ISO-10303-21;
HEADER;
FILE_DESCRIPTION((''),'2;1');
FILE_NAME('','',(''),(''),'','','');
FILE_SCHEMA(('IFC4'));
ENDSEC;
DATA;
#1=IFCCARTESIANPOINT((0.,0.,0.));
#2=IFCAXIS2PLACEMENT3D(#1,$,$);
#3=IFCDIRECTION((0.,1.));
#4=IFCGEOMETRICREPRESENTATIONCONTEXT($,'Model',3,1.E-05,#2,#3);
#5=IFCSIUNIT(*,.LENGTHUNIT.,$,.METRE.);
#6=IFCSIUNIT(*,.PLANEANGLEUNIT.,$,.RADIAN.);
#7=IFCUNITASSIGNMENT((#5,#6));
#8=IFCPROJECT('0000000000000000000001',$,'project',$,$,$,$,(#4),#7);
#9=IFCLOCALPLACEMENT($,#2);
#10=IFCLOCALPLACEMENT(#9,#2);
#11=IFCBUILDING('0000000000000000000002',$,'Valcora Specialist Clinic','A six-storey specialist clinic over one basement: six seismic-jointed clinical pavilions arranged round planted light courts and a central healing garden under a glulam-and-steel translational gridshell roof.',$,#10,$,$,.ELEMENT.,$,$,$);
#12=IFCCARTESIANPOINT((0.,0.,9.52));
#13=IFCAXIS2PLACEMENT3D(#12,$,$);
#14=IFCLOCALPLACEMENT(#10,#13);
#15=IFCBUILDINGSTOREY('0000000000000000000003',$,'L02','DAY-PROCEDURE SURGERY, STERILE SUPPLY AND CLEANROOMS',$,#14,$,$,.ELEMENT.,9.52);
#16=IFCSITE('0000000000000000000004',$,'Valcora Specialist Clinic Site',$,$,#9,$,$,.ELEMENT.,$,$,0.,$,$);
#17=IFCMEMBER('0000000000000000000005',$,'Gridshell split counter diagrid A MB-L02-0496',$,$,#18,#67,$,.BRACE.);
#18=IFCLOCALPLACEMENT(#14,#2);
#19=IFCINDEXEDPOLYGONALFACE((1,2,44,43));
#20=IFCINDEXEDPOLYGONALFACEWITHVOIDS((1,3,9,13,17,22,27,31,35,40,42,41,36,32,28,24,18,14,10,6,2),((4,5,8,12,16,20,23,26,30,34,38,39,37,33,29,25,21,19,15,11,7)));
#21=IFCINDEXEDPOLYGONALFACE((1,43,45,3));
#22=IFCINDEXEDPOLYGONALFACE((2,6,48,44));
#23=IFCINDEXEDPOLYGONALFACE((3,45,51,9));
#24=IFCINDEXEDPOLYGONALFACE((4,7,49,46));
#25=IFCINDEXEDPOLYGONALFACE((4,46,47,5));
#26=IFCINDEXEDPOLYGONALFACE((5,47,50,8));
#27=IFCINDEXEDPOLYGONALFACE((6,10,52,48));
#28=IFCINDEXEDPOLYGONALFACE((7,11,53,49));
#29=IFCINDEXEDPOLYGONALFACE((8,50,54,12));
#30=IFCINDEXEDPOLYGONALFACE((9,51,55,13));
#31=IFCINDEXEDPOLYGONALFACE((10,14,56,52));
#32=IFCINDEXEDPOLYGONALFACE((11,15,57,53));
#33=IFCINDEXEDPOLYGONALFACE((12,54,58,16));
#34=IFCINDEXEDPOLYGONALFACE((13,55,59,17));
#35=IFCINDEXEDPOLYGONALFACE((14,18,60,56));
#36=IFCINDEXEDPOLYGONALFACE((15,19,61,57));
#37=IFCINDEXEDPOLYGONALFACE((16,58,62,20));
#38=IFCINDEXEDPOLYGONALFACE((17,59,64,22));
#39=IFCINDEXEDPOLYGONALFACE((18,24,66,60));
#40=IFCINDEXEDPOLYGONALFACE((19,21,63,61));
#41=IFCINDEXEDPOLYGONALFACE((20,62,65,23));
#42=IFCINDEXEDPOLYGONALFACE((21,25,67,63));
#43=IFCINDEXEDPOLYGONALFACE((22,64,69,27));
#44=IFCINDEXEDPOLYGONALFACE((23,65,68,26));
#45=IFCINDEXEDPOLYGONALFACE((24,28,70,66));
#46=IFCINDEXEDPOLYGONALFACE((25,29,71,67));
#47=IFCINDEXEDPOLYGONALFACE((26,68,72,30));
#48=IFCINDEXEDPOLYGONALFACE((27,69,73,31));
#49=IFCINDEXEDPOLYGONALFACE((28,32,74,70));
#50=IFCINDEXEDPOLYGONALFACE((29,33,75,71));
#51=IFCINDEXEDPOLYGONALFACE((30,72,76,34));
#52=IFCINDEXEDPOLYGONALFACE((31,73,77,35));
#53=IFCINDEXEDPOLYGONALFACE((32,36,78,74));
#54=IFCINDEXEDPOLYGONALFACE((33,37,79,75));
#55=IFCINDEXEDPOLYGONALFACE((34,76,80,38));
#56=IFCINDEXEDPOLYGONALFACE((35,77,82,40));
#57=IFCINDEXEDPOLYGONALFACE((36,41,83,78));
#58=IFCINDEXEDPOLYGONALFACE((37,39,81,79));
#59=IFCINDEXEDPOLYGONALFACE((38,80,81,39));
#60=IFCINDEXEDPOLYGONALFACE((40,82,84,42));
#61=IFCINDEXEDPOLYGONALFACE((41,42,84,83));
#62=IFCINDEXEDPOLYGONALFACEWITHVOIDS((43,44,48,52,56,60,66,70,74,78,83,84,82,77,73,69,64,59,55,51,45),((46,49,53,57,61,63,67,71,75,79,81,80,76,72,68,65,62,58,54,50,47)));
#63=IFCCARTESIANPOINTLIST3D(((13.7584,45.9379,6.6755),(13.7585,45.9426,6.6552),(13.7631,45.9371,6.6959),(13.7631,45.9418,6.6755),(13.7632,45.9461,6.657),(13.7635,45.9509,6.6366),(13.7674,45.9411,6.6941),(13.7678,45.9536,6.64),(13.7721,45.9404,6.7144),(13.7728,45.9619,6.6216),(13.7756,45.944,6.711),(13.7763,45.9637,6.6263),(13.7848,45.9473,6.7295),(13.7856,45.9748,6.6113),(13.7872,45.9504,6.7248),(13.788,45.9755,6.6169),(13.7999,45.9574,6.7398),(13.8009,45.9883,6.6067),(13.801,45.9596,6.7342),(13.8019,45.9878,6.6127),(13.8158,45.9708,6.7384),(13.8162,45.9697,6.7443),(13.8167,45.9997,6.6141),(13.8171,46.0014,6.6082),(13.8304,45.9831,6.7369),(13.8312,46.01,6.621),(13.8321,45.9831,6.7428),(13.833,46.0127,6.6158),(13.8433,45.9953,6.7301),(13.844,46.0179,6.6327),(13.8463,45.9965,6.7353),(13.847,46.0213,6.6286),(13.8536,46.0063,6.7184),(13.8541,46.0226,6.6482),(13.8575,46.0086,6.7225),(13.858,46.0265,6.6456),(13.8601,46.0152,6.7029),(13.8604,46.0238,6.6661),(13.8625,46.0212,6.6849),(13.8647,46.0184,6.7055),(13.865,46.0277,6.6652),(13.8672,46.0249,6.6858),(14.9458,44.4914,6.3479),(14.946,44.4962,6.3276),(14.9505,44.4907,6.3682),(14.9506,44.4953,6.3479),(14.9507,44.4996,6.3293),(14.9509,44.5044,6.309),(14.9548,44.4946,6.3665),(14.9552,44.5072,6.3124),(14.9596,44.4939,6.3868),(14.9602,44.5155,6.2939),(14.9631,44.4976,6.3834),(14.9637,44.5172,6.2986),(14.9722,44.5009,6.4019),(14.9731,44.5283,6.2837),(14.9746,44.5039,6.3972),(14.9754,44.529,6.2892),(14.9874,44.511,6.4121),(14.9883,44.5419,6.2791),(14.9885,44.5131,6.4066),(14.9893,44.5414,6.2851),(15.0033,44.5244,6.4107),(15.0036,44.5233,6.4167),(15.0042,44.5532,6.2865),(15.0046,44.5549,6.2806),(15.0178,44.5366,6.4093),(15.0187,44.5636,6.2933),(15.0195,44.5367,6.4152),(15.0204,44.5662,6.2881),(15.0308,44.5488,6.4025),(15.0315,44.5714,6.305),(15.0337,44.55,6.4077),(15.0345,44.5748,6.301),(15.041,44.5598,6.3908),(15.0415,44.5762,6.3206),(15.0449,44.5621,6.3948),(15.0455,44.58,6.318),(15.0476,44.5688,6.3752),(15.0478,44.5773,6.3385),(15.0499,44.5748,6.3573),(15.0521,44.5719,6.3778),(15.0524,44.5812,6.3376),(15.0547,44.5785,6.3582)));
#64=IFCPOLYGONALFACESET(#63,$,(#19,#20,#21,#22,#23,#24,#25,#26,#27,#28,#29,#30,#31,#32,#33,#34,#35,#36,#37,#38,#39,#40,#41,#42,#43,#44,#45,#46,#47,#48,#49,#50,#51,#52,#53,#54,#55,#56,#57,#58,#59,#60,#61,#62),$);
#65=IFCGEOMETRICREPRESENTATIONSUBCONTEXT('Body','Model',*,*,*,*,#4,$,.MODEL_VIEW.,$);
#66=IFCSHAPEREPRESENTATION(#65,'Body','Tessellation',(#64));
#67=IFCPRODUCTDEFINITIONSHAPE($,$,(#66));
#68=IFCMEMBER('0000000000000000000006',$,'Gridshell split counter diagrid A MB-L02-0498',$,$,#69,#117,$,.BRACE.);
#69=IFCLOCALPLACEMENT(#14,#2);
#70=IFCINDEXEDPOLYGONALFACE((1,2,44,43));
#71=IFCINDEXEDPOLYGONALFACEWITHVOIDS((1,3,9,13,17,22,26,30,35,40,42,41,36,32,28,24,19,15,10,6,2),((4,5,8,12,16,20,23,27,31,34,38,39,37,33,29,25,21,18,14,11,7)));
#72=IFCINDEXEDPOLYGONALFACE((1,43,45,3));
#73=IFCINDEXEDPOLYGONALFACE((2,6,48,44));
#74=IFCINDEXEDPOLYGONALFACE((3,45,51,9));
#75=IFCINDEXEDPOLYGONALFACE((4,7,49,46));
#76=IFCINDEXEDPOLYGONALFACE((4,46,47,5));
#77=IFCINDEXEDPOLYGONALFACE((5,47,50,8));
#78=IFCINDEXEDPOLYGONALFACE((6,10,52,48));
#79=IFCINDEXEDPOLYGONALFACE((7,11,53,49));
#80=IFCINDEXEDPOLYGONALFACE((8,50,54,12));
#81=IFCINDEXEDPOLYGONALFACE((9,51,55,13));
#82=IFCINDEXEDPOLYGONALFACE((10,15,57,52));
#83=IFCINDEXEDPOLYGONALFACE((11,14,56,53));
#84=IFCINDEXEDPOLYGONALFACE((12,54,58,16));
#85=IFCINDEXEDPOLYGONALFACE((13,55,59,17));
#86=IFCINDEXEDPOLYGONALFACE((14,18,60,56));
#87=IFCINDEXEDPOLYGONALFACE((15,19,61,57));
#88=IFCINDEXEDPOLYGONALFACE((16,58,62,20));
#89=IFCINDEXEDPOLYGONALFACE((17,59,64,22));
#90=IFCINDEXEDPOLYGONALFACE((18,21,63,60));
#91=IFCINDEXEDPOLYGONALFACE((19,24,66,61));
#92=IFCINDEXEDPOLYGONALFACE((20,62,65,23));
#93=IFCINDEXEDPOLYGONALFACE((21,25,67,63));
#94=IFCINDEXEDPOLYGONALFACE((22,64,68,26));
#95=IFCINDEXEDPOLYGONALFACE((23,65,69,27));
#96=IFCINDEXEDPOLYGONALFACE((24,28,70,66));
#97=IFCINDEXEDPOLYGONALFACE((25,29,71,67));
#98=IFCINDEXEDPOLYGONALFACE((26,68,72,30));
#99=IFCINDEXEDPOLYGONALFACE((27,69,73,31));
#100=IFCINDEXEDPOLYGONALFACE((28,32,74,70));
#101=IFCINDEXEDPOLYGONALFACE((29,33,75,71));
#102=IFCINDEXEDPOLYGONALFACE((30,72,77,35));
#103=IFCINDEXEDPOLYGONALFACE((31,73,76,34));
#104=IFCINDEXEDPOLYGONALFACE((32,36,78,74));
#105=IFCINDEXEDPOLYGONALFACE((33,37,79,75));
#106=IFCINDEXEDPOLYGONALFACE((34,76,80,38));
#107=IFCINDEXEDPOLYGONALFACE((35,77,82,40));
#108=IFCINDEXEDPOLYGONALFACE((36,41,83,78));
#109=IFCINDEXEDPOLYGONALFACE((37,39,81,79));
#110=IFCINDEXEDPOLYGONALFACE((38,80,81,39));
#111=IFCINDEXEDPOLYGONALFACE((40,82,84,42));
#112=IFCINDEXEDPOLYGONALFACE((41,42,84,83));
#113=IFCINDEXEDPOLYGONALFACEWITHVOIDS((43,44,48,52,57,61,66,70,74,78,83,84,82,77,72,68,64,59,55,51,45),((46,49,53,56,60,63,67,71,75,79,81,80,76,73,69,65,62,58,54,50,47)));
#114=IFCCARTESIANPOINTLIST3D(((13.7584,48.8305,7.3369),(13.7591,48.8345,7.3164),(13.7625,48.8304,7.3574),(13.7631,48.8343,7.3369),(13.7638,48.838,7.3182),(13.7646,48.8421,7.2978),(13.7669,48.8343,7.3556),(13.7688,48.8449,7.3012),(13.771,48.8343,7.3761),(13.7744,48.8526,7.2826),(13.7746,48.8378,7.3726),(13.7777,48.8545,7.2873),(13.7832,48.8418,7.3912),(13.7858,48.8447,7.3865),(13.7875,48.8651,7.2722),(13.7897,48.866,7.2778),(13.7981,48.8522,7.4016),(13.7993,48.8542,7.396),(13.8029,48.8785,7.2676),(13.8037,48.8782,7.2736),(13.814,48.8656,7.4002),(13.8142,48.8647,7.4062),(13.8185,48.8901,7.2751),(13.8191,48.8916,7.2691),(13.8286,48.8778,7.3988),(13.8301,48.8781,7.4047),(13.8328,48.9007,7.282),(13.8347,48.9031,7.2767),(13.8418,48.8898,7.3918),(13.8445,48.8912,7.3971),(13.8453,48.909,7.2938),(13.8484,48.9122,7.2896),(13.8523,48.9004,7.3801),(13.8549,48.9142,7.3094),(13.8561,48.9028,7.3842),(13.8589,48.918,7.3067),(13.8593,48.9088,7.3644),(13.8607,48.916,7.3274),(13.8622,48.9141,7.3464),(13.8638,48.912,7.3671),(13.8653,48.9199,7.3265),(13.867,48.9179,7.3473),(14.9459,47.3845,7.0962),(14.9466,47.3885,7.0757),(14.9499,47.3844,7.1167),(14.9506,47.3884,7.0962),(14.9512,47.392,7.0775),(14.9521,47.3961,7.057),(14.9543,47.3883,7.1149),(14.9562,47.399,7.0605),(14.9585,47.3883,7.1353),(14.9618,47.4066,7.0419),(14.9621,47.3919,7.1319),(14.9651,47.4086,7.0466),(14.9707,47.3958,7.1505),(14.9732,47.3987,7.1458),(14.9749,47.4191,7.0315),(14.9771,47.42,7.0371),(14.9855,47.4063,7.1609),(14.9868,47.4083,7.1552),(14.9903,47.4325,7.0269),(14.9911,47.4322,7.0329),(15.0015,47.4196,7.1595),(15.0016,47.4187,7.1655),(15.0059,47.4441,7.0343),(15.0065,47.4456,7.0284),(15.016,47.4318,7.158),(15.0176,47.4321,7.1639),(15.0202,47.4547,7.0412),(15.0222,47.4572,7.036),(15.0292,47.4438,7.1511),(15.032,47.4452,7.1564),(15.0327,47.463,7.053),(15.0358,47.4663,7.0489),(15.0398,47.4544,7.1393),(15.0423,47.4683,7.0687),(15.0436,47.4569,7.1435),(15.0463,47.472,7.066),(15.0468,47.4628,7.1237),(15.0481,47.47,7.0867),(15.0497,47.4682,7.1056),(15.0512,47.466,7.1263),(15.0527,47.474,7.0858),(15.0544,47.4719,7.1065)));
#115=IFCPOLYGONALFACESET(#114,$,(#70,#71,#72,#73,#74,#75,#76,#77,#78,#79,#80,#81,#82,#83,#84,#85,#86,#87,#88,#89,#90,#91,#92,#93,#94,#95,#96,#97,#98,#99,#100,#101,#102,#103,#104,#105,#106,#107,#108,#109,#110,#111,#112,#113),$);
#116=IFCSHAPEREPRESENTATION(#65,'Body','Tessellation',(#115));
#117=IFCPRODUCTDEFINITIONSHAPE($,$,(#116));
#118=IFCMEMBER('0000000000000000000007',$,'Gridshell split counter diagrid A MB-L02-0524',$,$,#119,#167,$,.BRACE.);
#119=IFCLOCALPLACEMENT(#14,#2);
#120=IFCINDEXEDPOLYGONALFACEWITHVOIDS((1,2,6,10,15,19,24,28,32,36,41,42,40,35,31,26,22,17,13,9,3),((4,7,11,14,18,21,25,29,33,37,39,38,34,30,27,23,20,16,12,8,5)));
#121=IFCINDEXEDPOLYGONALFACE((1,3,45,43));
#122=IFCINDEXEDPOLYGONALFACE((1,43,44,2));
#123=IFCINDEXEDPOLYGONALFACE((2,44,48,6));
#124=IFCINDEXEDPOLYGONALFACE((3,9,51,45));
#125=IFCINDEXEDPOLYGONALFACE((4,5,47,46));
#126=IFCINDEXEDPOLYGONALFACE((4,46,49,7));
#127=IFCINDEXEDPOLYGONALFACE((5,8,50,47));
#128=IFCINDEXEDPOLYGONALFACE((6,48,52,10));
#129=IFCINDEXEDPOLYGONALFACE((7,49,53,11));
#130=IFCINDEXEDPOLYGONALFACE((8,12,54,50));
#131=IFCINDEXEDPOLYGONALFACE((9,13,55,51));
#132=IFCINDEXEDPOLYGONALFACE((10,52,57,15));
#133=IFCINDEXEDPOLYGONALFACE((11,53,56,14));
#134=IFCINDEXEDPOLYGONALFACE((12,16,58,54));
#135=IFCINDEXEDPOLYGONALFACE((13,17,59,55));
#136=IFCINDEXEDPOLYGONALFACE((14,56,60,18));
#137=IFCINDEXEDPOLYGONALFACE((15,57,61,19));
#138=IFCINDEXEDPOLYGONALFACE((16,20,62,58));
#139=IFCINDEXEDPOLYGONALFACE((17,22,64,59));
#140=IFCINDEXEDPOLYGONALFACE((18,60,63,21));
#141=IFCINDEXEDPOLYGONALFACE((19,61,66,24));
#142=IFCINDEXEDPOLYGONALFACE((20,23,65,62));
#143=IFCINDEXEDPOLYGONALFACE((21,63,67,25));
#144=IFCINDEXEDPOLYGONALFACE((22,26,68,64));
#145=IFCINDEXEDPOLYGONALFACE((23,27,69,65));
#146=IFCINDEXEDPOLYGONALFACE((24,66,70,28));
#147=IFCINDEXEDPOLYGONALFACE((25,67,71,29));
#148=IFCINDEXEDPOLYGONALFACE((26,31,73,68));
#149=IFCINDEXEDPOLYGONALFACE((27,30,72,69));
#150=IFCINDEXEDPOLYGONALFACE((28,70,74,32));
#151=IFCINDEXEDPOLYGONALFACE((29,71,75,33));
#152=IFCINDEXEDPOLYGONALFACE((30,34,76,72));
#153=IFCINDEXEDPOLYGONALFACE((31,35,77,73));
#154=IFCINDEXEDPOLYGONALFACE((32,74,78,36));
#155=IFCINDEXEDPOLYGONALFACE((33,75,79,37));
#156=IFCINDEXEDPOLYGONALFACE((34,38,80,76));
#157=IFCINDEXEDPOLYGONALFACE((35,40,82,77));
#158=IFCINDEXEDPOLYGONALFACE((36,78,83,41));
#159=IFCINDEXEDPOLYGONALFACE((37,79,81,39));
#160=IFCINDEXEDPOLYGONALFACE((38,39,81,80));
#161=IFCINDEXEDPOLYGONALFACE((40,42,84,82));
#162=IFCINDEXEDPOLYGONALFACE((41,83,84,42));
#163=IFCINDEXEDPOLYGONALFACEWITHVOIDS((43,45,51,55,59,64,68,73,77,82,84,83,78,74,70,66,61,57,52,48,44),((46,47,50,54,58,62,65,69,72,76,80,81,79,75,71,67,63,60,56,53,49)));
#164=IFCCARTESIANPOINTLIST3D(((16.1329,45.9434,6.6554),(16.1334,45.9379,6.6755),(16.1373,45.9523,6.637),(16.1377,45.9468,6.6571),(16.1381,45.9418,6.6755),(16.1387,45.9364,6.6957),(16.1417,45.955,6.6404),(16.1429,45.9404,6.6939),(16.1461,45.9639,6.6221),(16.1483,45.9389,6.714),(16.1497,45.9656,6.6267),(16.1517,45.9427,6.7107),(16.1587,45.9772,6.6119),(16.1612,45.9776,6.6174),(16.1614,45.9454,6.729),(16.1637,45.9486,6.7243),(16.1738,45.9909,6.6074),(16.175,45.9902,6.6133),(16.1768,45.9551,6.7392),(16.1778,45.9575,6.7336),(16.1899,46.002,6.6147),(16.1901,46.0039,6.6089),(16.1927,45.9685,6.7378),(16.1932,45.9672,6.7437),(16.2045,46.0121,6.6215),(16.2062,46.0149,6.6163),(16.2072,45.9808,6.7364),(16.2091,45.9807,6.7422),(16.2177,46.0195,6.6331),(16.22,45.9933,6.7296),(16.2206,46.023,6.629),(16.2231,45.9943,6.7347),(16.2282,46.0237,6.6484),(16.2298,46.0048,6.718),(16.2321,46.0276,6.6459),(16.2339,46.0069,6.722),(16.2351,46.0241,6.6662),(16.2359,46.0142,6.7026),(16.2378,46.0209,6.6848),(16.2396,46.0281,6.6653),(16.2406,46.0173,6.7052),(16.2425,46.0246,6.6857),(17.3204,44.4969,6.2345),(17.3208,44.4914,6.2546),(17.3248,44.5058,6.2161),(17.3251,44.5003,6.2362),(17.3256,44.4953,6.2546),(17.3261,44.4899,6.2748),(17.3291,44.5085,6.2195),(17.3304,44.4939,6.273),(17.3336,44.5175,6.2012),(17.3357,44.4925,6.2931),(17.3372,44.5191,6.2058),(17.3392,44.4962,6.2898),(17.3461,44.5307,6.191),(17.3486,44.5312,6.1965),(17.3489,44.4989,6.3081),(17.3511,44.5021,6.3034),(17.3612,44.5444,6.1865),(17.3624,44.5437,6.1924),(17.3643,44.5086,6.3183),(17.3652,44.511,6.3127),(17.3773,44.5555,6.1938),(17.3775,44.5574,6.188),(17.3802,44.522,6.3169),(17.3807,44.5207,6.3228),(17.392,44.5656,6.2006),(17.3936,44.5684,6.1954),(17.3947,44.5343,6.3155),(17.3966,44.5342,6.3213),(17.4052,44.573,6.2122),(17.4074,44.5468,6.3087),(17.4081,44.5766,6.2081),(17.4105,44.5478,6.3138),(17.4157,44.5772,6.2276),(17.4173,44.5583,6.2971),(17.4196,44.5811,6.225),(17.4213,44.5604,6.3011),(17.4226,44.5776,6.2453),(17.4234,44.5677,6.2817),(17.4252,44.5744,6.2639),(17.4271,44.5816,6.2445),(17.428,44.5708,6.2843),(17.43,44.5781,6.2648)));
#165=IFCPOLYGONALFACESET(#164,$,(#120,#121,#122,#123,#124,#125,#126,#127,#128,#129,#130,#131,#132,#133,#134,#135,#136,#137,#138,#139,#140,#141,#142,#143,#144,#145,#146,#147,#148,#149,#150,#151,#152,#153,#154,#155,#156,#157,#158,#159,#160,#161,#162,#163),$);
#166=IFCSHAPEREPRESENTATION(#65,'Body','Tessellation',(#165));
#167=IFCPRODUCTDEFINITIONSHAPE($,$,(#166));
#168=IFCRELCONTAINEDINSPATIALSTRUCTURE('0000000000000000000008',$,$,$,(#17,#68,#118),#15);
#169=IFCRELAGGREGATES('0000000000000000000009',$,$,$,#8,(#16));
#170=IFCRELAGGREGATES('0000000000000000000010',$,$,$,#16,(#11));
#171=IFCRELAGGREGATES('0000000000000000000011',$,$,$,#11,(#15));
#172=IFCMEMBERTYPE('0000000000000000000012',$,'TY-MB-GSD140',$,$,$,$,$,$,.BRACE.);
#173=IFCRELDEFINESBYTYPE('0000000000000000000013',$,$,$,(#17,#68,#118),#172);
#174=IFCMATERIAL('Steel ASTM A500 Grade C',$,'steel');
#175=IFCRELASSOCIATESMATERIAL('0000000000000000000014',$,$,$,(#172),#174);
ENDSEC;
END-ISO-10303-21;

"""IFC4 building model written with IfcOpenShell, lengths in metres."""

from ifc_helpers import new_model, si_unit, direction, frame, origin, origin_2d, place, context, subcontext, project, spatial, hollow_circle, extrude, material, material_profile, profile_set, type_object, element, save


model = new_model("IFC4")

# Units and contexts
model_context = context("Model", 3, precision=1e-05, world=origin(), true_north=direction((0.0, 1.0)))
body_context = subcontext(model_context, "Body", "Model", "MODEL_VIEW")
ifc_project = project(units=[si_unit("LENGTHUNIT", "METRE"), si_unit("PLANEANGLEUNIT", "RADIAN")], contexts=[model_context])

# Site, building, storey
site_placement = place(None, origin())
site = spatial("IfcSite", under=ifc_project, at=site_placement, Name="Valcora Specialist Clinic Site", CompositionType="ELEMENT", RefElevation=0.0)
building_placement = place(site_placement, origin())
building = spatial("IfcBuilding", under=site, at=building_placement, Name="Valcora Specialist Clinic", Description="A six-storey specialist clinic over one basement: six seismic-jointed clinical pavilions arranged round planted light courts and a central healing garden under a glulam-and-steel translational gridshell roof.", CompositionType="ELEMENT")
storey_placement = place(building_placement, frame((0.0, 0.0, 9.52)))
storey = spatial("IfcBuildingStorey", under=building, at=storey_placement, Name="L02", Description="DAY-PROCEDURE SURGERY, STERILE SUPPLY AND CLEANROOMS", CompositionType="ELEMENT", Elevation=9.52)

# Members
ifc_material_1 = material(Name="Steel ASTM A500 Grade C", Category="steel")
ifc_material_profile_1 = material_profile(ifc_material_1, hollow_circle(Radius=0.0701, WallThickness=0.0061, at=origin_2d()), Name="ST-CHS-140X6")
ifc_profile_set_1 = profile_set([ifc_material_profile_1], Name="Steel ASTM A500 Grade C")
member_type_1 = type_object("IfcMemberType", Name="TY-MB-GSD140", PredefinedType="BRACE", material=ifc_profile_set_1)
member_1_placement = place(storey_placement, frame((15.0, 44.5359, 6.3479), z_axis=(-0.625003, 0.761337, 0.172441), x_axis=(-0.772916, -0.634508, 0.0)))
element("IfcMember", 1, at=member_1_placement, inside=storey, type_object=member_type_1, Name="Gridshell split counter diagrid A MB-L02-0496", PredefinedType="BRACE", context=body_context, shape_type="SweptSolid", body=[
    extrude(hollow_circle(Radius=0.0701, WallThickness=0.0061, at=origin_2d()), origin(), (0.0, 0.0, 1.0), 1.8999),
])
member_2_placement = place(storey_placement, frame((15.0, 47.429, 7.0962), z_axis=(-0.629449, 0.766494, 0.127598), x_axis=(-0.772811, -0.634636, 0.0)))
element("IfcMember", 2, at=member_2_placement, inside=storey, type_object=member_type_1, Name="Gridshell split counter diagrid A MB-L02-0498", PredefinedType="BRACE", context=body_context, shape_type="SweptSolid", body=[
    extrude(hollow_circle(Radius=0.0701, WallThickness=0.0061, at=origin_2d()), origin(), (0.0, 0.0, 1.0), 1.8865),
])
member_3_placement = place(storey_placement, frame((17.375, 44.5359, 6.2546), z_axis=(-0.619047, 0.754081, 0.219415), x_axis=(-0.772916, -0.634508, 0.0)))
element("IfcMember", 3, at=member_3_placement, inside=storey, type_object=member_type_1, Name="Gridshell split counter diagrid A MB-L02-0524", PredefinedType="BRACE", context=body_context, shape_type="SweptSolid", body=[
    extrude(hollow_circle(Radius=0.0701, WallThickness=0.0061, at=origin_2d()), origin(), (0.0, 0.0, 1.0), 1.9182),
])

save(model, "model.ifc")
